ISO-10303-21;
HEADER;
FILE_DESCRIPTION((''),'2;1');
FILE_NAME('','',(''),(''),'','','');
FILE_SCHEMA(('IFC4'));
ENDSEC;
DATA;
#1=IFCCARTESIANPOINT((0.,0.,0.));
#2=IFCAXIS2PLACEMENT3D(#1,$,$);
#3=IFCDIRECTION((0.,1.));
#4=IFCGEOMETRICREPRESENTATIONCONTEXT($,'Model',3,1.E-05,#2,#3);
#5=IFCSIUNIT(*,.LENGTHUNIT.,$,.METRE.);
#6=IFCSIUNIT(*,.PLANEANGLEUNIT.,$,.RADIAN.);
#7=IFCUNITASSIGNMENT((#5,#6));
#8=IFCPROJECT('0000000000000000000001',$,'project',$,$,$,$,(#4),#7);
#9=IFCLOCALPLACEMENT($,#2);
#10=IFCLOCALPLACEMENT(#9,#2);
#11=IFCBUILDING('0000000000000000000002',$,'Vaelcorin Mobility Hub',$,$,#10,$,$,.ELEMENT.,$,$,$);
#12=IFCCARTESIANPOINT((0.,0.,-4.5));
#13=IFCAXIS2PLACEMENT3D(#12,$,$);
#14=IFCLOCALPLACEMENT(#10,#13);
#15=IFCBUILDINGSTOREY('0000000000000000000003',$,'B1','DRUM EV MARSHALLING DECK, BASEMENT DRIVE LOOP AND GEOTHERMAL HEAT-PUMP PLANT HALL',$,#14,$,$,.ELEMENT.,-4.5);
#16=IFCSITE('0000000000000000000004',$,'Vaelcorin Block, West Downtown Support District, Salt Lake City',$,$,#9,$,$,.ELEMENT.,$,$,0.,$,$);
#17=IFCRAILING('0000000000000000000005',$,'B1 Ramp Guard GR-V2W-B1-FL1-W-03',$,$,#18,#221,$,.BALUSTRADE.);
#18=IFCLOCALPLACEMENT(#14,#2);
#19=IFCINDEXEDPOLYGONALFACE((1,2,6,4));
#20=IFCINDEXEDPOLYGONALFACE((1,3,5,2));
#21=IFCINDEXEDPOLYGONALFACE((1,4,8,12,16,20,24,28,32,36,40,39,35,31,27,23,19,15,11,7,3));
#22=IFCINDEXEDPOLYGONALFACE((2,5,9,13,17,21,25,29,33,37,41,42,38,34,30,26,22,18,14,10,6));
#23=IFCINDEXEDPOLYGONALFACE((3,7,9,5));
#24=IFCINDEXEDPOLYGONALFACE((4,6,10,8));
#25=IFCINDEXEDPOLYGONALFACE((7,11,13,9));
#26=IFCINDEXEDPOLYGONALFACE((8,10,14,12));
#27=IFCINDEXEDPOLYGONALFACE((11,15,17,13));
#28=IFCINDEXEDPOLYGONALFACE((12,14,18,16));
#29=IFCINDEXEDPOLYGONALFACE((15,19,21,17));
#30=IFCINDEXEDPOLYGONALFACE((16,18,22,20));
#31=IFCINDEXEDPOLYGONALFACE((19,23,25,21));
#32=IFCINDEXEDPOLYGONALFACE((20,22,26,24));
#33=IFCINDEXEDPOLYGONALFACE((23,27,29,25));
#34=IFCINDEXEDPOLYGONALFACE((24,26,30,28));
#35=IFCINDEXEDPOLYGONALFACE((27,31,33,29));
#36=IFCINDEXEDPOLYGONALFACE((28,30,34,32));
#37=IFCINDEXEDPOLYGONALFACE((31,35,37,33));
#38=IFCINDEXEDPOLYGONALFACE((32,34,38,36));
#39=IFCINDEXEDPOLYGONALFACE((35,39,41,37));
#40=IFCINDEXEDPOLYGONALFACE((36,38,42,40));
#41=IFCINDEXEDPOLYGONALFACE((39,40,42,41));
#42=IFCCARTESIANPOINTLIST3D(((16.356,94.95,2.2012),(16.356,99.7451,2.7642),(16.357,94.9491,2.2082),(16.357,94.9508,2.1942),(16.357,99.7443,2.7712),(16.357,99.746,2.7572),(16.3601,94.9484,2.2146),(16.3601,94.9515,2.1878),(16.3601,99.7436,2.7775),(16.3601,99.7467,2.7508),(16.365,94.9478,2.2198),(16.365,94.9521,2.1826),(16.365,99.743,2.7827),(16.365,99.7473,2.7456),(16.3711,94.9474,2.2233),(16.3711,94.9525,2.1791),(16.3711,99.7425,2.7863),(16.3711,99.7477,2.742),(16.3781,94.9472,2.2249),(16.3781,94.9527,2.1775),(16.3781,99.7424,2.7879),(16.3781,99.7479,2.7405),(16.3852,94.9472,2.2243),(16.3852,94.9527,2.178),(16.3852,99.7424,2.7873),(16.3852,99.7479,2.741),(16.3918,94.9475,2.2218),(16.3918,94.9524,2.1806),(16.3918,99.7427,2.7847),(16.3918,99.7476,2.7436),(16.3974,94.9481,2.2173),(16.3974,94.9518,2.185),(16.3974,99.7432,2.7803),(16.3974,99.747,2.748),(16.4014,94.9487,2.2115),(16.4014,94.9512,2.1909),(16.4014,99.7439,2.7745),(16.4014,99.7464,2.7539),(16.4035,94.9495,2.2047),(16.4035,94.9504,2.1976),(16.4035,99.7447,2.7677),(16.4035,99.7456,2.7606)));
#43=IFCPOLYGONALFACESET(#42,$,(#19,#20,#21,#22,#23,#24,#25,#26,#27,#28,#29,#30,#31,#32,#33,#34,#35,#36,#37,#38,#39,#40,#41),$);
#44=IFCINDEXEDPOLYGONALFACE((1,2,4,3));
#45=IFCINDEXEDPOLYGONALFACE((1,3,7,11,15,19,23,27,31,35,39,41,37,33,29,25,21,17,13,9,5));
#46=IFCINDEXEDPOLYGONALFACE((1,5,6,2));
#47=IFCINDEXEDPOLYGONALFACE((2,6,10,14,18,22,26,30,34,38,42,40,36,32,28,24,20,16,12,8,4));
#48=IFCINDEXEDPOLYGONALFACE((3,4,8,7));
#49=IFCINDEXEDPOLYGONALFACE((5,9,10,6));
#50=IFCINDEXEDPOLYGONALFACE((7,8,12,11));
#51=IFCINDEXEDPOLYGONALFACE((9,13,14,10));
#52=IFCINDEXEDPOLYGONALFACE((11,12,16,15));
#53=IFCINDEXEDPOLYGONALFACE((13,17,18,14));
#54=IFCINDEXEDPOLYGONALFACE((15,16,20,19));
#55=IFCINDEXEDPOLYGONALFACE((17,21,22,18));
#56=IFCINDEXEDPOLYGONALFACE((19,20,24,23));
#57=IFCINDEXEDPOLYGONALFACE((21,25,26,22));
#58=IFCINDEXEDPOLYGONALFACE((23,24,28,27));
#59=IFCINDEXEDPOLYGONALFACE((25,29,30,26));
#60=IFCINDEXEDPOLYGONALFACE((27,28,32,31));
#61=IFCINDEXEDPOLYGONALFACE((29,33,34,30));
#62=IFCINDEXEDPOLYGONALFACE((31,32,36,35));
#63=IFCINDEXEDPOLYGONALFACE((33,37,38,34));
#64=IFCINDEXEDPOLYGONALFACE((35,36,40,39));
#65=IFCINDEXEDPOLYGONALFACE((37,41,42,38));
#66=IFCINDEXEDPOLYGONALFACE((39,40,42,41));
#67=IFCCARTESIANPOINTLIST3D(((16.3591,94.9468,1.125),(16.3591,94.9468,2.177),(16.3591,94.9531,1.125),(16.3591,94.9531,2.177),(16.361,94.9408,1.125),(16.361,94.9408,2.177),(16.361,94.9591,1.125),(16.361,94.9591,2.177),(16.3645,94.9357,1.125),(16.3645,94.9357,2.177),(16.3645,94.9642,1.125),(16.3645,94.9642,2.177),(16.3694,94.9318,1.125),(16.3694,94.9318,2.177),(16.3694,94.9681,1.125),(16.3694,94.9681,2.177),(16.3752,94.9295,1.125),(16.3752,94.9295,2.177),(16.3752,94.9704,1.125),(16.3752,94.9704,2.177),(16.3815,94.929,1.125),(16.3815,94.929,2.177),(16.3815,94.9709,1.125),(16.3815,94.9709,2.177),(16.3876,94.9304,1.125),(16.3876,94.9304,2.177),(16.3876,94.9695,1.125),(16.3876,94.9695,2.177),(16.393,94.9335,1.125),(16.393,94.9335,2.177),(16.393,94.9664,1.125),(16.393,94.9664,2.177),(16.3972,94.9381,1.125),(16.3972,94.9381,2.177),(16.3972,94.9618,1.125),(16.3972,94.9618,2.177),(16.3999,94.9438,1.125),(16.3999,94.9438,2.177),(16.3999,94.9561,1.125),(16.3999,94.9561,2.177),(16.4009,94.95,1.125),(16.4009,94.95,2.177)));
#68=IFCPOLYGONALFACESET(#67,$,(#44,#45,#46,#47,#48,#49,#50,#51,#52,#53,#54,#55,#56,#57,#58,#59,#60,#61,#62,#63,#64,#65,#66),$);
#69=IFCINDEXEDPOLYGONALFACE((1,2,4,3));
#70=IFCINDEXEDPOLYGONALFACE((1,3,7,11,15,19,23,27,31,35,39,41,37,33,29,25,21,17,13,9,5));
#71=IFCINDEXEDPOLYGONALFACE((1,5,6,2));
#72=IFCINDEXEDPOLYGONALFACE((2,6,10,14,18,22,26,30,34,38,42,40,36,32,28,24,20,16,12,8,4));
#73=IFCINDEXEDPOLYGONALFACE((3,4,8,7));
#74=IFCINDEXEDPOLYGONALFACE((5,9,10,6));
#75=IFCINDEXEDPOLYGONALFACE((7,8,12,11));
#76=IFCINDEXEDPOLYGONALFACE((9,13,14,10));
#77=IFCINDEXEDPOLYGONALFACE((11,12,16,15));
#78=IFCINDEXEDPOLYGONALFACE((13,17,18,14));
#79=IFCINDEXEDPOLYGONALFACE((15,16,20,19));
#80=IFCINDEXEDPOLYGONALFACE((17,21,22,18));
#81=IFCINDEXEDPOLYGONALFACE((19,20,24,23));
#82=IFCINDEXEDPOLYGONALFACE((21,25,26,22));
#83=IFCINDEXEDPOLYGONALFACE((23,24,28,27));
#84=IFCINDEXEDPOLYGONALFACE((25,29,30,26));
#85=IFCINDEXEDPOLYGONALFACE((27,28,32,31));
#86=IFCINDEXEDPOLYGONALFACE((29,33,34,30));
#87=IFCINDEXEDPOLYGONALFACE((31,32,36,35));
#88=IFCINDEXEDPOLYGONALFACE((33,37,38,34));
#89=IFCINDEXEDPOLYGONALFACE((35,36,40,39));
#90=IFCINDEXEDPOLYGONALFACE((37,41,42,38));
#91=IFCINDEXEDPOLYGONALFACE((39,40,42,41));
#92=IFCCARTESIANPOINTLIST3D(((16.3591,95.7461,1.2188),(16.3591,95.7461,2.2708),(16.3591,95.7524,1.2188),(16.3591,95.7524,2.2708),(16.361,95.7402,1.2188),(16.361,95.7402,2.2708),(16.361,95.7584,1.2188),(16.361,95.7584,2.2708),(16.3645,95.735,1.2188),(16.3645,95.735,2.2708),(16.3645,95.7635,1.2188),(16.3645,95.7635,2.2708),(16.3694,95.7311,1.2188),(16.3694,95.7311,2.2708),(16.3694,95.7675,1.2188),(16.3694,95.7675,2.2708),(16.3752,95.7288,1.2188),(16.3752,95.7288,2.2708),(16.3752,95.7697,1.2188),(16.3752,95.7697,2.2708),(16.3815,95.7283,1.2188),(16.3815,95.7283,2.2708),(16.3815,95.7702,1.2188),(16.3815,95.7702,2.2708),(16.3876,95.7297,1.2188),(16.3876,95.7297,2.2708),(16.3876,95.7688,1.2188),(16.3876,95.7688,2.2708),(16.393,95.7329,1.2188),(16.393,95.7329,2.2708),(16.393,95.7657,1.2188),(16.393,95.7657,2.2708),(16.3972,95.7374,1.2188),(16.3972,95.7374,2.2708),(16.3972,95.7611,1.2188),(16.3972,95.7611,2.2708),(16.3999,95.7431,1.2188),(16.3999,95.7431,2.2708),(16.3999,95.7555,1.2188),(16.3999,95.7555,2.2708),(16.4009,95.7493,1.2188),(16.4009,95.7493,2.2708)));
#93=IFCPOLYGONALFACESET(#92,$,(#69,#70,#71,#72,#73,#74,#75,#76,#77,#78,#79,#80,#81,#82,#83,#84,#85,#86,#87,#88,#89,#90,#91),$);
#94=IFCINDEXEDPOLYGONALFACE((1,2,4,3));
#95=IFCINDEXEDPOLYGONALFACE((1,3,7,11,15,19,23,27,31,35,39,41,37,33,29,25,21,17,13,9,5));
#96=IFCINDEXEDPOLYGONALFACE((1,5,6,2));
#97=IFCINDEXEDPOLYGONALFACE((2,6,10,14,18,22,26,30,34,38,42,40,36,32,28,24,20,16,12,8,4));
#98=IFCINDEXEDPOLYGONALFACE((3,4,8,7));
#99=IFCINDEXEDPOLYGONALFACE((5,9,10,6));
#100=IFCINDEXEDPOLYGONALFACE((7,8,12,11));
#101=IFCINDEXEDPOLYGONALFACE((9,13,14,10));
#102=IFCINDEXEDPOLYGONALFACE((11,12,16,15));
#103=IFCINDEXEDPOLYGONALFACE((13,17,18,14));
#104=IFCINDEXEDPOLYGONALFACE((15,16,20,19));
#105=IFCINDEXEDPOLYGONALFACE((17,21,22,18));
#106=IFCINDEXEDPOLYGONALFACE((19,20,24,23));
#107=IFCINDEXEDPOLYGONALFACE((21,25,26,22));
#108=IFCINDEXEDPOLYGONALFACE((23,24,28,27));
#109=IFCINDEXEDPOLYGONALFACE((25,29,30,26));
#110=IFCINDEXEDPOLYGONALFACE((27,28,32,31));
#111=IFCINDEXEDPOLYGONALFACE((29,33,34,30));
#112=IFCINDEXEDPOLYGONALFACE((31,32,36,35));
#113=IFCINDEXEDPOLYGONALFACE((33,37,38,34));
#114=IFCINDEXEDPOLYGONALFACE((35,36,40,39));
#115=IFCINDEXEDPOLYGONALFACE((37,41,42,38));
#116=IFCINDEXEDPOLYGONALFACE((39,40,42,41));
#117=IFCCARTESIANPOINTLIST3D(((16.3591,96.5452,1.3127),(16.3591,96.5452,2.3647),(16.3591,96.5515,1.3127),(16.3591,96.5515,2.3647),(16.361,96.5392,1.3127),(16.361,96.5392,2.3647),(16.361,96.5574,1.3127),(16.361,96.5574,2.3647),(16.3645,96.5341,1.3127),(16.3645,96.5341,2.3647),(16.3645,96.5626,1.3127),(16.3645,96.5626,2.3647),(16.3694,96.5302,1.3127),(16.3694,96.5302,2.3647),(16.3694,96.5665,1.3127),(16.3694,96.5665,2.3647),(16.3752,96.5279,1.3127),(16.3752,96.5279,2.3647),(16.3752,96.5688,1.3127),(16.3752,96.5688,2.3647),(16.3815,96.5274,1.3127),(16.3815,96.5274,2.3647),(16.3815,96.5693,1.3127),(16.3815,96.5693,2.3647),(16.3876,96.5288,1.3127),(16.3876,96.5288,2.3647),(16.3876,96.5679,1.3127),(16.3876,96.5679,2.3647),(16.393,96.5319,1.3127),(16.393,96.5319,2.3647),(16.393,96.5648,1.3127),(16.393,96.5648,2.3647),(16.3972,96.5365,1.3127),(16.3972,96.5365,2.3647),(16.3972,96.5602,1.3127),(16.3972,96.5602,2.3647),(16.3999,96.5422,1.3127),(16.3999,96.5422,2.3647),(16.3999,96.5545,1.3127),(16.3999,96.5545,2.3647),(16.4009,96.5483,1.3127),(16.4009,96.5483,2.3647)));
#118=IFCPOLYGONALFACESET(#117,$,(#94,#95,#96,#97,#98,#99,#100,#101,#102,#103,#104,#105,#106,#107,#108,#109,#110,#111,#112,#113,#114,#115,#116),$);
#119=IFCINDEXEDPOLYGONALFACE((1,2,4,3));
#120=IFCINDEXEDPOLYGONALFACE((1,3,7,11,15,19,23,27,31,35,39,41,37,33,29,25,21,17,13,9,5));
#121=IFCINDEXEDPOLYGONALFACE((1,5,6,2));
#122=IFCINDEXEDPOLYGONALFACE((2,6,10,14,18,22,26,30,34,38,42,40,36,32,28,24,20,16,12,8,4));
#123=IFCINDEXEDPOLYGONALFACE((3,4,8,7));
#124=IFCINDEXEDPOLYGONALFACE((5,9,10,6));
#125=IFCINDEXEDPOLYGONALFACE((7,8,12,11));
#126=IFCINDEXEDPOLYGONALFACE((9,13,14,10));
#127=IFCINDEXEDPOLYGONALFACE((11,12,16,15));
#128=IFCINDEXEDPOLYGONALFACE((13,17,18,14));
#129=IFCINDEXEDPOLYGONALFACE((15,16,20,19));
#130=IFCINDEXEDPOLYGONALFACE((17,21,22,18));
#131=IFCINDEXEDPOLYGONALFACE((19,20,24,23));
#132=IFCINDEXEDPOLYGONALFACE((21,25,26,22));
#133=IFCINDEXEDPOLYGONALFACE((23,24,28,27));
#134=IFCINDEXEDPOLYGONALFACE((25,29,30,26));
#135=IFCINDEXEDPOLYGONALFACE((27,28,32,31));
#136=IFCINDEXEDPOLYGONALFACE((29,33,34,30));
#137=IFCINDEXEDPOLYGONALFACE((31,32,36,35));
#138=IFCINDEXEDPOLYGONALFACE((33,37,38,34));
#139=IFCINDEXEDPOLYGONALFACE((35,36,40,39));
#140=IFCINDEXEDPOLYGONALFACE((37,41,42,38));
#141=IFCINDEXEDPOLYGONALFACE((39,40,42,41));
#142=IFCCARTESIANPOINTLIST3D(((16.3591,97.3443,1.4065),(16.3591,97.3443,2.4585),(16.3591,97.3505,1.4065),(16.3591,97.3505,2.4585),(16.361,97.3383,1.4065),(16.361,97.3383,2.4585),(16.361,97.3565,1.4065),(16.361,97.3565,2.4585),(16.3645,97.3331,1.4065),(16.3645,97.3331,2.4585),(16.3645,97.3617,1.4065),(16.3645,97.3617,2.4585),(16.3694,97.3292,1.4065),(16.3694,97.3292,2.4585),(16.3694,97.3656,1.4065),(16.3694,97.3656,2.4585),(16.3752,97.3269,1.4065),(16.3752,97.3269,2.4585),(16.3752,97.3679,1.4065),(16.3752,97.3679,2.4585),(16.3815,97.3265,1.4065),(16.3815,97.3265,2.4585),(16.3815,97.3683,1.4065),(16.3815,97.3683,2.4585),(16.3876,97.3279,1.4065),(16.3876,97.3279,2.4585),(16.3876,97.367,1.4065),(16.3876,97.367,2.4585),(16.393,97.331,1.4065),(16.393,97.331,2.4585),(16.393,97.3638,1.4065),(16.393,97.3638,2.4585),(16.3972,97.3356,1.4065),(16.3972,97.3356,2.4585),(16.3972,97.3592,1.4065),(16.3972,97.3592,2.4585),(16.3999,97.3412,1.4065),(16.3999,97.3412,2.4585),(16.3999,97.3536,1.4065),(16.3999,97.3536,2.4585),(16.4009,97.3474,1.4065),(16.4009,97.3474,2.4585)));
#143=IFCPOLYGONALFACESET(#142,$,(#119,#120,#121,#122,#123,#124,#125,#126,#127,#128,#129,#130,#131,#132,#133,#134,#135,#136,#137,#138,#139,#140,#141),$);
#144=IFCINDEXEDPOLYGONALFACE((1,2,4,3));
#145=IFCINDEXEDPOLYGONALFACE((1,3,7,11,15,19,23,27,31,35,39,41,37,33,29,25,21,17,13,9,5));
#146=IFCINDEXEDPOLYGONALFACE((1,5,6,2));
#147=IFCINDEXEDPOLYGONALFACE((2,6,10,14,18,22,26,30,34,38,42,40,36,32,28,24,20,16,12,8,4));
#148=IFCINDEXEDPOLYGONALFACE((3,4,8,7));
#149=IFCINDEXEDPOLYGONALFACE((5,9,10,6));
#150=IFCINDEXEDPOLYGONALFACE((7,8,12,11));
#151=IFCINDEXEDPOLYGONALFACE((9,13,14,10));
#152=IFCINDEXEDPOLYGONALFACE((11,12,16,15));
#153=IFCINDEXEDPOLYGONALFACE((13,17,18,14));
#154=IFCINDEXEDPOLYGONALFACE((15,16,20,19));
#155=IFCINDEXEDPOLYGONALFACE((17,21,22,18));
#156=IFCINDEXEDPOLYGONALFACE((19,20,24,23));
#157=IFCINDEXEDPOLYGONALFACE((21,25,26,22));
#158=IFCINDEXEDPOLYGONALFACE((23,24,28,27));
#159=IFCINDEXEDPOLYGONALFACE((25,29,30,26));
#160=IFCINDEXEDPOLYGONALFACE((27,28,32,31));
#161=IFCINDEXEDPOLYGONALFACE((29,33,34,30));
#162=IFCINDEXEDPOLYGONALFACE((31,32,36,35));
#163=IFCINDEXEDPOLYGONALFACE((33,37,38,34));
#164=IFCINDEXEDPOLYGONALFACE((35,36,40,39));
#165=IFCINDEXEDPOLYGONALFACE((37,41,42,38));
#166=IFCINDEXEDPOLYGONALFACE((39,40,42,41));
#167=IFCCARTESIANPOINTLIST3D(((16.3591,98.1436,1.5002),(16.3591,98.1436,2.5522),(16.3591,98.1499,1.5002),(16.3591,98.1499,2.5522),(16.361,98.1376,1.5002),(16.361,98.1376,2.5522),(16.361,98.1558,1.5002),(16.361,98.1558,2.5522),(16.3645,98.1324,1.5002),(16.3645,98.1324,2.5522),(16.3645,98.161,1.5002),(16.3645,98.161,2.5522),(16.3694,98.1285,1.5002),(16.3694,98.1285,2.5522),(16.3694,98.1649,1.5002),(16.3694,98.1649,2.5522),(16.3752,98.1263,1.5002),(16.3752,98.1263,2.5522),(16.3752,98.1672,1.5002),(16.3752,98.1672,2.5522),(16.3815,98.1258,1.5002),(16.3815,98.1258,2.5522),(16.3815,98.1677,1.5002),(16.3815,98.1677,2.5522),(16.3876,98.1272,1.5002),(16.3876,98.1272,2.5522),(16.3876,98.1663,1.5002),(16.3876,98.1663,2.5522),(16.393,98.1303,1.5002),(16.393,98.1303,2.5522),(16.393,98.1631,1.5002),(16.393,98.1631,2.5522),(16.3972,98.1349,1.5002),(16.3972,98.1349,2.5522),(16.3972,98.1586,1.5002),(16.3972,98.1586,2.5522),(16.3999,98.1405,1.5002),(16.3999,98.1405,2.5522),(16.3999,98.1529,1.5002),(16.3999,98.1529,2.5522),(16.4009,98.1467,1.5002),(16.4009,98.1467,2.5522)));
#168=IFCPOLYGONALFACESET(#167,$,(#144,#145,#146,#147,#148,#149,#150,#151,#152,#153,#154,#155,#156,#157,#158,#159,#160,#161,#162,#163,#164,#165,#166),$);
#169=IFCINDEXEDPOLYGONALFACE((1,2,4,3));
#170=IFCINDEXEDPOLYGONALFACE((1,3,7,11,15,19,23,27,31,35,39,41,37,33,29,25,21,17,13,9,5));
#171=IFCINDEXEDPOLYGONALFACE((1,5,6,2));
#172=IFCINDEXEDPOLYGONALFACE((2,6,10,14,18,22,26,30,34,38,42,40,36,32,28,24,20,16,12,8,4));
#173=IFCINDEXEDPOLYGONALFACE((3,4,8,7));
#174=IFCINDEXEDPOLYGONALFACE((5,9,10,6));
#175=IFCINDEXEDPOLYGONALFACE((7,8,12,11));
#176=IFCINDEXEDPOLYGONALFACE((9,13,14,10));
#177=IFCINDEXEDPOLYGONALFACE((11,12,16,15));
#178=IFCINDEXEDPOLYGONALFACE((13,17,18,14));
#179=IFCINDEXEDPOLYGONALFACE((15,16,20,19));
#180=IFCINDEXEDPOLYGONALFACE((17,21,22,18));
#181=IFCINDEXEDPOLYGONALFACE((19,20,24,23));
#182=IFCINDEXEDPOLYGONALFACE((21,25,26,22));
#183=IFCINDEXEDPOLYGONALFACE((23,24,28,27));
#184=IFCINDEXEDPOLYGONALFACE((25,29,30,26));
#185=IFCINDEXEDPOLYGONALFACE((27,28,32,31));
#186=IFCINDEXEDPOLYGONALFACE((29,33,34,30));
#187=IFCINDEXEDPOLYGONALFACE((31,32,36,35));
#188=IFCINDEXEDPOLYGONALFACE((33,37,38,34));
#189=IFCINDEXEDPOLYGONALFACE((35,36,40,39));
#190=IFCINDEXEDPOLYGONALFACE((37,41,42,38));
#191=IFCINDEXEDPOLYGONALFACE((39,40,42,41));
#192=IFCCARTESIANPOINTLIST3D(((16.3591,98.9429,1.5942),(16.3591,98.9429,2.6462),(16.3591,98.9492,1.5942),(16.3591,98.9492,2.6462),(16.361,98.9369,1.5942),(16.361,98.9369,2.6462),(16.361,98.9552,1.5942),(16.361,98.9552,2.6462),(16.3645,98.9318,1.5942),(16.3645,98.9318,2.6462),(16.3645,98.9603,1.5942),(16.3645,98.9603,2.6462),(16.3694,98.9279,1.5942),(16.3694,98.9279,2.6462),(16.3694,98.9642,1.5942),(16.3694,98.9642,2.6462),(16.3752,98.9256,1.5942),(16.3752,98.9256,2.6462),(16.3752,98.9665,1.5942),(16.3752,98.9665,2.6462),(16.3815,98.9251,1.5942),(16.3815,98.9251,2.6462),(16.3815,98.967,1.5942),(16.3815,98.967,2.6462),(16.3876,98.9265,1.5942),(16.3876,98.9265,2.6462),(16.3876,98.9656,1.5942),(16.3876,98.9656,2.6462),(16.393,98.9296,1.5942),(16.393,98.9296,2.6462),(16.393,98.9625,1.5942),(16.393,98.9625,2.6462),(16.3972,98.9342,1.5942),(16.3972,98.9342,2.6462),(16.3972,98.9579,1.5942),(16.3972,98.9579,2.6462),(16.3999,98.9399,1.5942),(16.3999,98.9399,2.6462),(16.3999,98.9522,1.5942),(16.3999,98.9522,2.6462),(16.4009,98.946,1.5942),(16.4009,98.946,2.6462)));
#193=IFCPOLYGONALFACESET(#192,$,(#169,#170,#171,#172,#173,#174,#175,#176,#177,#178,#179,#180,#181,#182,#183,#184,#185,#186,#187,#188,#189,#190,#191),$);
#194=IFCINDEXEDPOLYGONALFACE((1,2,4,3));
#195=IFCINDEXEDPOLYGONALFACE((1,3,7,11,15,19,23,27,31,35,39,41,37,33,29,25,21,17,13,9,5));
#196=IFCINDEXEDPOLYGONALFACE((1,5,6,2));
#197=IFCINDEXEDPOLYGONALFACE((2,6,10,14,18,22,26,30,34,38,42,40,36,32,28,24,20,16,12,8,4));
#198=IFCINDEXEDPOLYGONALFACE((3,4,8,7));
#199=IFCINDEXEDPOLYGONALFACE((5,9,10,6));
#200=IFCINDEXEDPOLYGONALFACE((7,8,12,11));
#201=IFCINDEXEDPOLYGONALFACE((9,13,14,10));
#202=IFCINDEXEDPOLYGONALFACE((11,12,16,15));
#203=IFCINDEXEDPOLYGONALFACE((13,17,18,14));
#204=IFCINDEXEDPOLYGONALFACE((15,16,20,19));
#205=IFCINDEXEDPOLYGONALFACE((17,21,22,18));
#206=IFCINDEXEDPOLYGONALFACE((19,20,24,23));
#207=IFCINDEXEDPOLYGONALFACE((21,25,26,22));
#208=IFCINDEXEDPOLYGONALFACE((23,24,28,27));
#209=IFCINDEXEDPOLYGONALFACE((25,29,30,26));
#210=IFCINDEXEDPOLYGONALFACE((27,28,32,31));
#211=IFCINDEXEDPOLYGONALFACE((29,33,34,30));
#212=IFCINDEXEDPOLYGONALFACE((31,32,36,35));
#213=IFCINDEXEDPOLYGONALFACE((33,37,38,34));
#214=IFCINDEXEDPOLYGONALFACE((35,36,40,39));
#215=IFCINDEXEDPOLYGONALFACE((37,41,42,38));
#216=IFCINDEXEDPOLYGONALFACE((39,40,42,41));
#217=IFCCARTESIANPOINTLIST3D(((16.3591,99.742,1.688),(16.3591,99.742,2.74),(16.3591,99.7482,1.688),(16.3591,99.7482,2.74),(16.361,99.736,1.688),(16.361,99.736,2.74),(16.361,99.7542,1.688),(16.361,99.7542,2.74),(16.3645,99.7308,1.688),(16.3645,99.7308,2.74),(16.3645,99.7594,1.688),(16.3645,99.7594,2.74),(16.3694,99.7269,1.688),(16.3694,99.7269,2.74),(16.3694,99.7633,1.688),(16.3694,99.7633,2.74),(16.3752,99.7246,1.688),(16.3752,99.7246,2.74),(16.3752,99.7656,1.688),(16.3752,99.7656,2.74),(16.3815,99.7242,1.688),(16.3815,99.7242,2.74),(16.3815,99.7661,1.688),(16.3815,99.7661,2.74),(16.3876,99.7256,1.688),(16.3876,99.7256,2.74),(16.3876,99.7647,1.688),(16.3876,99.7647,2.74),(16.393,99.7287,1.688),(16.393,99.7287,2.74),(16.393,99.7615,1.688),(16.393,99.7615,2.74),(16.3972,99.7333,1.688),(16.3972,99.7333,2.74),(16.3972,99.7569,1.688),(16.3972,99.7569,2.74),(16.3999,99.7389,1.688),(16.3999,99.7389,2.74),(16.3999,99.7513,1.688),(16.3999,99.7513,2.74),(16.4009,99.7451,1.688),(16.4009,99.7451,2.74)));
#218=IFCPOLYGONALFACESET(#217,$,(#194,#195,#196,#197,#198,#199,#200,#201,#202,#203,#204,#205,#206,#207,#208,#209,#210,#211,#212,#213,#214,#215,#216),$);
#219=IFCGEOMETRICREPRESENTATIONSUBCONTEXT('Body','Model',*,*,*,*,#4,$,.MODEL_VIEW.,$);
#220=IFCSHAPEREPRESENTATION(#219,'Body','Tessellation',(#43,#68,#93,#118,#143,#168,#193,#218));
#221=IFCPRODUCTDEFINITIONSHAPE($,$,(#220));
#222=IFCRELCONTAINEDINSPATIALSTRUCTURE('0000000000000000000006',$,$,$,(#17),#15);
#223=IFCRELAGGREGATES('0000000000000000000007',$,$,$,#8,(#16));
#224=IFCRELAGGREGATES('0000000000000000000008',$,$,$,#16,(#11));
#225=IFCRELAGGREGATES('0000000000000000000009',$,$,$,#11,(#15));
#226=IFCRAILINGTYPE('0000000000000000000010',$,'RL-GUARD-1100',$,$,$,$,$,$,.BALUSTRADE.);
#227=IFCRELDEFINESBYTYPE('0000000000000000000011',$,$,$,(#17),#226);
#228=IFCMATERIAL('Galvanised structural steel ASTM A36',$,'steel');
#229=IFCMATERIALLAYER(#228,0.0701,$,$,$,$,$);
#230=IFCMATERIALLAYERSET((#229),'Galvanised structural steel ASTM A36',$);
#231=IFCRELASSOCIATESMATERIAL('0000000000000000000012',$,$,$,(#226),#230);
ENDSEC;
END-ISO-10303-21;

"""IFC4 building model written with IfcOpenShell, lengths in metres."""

from ifc_helpers import new_model, si_unit, direction, frame, origin, origin_2d, place, context, subcontext, project, spatial, circle, extrude, material, layer, layer_set, type_object, element, save


model = new_model("IFC4")

# Units and contexts
model_context = context("Model", 3, precision=1e-05, world=origin(), true_north=direction((0.0, 1.0)))
body_context = subcontext(model_context, "Body", "Model", "MODEL_VIEW")
ifc_project = project(units=[si_unit("LENGTHUNIT", "METRE"), si_unit("PLANEANGLEUNIT", "RADIAN")], contexts=[model_context])

# Site, building, storey
site_placement = place(None, origin())
site = spatial("IfcSite", under=ifc_project, at=site_placement, Name="Vaelcorin Block, West Downtown Support District, Salt Lake City", CompositionType="ELEMENT", RefElevation=0.0)
building_placement = place(site_placement, origin())
building = spatial("IfcBuilding", under=site, at=building_placement, Name="Vaelcorin Mobility Hub", CompositionType="ELEMENT")
storey_placement = place(building_placement, frame((0.0, 0.0, -4.5)))
storey = spatial("IfcBuildingStorey", under=building, at=storey_placement, Name="B1", Description="DRUM EV MARSHALLING DECK, BASEMENT DRIVE LOOP AND GEOTHERMAL HEAT-PUMP PLANT HALL", CompositionType="ELEMENT", Elevation=-4.5)

# Railing
ifc_material_1 = material(Name="Galvanised structural steel ASTM A36", Category="steel")
ifc_layer = layer(ifc_material_1, 0.0701)
ifc_layer_set = layer_set([ifc_layer], Name="Galvanised structural steel ASTM A36")
railing_type = type_object("IfcRailingType", Name="RL-GUARD-1100", PredefinedType="BALUSTRADE", material=ifc_layer_set)
railing_1_placement = place(storey_placement, frame((16.3799, 94.95, 1.125)))
element("IfcRailing", 1, at=railing_1_placement, inside=storey, type_object=railing_type, Name="B1 Ramp Guard GR-V2W-B1-FL1-W-03", PredefinedType="BALUSTRADE", context=body_context, shape_type="SweptSolid", body=[
    extrude(circle(Radius=0.0239, at=origin_2d()), frame((0.0, 0.0, 1.0762), z_axis=(0.0, 0.993178, 0.116607), x_axis=(-1.0, 0.0, 0.0)), (0.0, 0.0, 1.0), 4.8281),
    extrude(circle(Radius=0.021, at=origin_2d()), origin(), (0.0, 0.0, 1.0), 1.052),
    extrude(circle(Radius=0.021, at=origin_2d()), frame((0.0, 0.7993, 0.0938)), (0.0, 0.0, 1.0), 1.052),
    extrude(circle(Radius=0.021, at=origin_2d()), frame((0.0, 1.5984, 0.1877)), (0.0, 0.0, 1.0), 1.052),
    extrude(circle(Radius=0.021, at=origin_2d()), frame((0.0, 2.3975, 0.2815)), (0.0, 0.0, 1.0), 1.052),
    extrude(circle(Radius=0.021, at=origin_2d()), frame((0.0, 3.1968, 0.3752)), (0.0, 0.0, 1.0), 1.052),
    extrude(circle(Radius=0.021, at=origin_2d()), frame((0.0, 3.9961, 0.4692)), (0.0, 0.0, 1.0), 1.052),
    extrude(circle(Radius=0.021, at=origin_2d()), frame((0.0, 4.7952, 0.563)), (0.0, 0.0, 1.0), 1.052),
])

save(model, "model.ifc")
